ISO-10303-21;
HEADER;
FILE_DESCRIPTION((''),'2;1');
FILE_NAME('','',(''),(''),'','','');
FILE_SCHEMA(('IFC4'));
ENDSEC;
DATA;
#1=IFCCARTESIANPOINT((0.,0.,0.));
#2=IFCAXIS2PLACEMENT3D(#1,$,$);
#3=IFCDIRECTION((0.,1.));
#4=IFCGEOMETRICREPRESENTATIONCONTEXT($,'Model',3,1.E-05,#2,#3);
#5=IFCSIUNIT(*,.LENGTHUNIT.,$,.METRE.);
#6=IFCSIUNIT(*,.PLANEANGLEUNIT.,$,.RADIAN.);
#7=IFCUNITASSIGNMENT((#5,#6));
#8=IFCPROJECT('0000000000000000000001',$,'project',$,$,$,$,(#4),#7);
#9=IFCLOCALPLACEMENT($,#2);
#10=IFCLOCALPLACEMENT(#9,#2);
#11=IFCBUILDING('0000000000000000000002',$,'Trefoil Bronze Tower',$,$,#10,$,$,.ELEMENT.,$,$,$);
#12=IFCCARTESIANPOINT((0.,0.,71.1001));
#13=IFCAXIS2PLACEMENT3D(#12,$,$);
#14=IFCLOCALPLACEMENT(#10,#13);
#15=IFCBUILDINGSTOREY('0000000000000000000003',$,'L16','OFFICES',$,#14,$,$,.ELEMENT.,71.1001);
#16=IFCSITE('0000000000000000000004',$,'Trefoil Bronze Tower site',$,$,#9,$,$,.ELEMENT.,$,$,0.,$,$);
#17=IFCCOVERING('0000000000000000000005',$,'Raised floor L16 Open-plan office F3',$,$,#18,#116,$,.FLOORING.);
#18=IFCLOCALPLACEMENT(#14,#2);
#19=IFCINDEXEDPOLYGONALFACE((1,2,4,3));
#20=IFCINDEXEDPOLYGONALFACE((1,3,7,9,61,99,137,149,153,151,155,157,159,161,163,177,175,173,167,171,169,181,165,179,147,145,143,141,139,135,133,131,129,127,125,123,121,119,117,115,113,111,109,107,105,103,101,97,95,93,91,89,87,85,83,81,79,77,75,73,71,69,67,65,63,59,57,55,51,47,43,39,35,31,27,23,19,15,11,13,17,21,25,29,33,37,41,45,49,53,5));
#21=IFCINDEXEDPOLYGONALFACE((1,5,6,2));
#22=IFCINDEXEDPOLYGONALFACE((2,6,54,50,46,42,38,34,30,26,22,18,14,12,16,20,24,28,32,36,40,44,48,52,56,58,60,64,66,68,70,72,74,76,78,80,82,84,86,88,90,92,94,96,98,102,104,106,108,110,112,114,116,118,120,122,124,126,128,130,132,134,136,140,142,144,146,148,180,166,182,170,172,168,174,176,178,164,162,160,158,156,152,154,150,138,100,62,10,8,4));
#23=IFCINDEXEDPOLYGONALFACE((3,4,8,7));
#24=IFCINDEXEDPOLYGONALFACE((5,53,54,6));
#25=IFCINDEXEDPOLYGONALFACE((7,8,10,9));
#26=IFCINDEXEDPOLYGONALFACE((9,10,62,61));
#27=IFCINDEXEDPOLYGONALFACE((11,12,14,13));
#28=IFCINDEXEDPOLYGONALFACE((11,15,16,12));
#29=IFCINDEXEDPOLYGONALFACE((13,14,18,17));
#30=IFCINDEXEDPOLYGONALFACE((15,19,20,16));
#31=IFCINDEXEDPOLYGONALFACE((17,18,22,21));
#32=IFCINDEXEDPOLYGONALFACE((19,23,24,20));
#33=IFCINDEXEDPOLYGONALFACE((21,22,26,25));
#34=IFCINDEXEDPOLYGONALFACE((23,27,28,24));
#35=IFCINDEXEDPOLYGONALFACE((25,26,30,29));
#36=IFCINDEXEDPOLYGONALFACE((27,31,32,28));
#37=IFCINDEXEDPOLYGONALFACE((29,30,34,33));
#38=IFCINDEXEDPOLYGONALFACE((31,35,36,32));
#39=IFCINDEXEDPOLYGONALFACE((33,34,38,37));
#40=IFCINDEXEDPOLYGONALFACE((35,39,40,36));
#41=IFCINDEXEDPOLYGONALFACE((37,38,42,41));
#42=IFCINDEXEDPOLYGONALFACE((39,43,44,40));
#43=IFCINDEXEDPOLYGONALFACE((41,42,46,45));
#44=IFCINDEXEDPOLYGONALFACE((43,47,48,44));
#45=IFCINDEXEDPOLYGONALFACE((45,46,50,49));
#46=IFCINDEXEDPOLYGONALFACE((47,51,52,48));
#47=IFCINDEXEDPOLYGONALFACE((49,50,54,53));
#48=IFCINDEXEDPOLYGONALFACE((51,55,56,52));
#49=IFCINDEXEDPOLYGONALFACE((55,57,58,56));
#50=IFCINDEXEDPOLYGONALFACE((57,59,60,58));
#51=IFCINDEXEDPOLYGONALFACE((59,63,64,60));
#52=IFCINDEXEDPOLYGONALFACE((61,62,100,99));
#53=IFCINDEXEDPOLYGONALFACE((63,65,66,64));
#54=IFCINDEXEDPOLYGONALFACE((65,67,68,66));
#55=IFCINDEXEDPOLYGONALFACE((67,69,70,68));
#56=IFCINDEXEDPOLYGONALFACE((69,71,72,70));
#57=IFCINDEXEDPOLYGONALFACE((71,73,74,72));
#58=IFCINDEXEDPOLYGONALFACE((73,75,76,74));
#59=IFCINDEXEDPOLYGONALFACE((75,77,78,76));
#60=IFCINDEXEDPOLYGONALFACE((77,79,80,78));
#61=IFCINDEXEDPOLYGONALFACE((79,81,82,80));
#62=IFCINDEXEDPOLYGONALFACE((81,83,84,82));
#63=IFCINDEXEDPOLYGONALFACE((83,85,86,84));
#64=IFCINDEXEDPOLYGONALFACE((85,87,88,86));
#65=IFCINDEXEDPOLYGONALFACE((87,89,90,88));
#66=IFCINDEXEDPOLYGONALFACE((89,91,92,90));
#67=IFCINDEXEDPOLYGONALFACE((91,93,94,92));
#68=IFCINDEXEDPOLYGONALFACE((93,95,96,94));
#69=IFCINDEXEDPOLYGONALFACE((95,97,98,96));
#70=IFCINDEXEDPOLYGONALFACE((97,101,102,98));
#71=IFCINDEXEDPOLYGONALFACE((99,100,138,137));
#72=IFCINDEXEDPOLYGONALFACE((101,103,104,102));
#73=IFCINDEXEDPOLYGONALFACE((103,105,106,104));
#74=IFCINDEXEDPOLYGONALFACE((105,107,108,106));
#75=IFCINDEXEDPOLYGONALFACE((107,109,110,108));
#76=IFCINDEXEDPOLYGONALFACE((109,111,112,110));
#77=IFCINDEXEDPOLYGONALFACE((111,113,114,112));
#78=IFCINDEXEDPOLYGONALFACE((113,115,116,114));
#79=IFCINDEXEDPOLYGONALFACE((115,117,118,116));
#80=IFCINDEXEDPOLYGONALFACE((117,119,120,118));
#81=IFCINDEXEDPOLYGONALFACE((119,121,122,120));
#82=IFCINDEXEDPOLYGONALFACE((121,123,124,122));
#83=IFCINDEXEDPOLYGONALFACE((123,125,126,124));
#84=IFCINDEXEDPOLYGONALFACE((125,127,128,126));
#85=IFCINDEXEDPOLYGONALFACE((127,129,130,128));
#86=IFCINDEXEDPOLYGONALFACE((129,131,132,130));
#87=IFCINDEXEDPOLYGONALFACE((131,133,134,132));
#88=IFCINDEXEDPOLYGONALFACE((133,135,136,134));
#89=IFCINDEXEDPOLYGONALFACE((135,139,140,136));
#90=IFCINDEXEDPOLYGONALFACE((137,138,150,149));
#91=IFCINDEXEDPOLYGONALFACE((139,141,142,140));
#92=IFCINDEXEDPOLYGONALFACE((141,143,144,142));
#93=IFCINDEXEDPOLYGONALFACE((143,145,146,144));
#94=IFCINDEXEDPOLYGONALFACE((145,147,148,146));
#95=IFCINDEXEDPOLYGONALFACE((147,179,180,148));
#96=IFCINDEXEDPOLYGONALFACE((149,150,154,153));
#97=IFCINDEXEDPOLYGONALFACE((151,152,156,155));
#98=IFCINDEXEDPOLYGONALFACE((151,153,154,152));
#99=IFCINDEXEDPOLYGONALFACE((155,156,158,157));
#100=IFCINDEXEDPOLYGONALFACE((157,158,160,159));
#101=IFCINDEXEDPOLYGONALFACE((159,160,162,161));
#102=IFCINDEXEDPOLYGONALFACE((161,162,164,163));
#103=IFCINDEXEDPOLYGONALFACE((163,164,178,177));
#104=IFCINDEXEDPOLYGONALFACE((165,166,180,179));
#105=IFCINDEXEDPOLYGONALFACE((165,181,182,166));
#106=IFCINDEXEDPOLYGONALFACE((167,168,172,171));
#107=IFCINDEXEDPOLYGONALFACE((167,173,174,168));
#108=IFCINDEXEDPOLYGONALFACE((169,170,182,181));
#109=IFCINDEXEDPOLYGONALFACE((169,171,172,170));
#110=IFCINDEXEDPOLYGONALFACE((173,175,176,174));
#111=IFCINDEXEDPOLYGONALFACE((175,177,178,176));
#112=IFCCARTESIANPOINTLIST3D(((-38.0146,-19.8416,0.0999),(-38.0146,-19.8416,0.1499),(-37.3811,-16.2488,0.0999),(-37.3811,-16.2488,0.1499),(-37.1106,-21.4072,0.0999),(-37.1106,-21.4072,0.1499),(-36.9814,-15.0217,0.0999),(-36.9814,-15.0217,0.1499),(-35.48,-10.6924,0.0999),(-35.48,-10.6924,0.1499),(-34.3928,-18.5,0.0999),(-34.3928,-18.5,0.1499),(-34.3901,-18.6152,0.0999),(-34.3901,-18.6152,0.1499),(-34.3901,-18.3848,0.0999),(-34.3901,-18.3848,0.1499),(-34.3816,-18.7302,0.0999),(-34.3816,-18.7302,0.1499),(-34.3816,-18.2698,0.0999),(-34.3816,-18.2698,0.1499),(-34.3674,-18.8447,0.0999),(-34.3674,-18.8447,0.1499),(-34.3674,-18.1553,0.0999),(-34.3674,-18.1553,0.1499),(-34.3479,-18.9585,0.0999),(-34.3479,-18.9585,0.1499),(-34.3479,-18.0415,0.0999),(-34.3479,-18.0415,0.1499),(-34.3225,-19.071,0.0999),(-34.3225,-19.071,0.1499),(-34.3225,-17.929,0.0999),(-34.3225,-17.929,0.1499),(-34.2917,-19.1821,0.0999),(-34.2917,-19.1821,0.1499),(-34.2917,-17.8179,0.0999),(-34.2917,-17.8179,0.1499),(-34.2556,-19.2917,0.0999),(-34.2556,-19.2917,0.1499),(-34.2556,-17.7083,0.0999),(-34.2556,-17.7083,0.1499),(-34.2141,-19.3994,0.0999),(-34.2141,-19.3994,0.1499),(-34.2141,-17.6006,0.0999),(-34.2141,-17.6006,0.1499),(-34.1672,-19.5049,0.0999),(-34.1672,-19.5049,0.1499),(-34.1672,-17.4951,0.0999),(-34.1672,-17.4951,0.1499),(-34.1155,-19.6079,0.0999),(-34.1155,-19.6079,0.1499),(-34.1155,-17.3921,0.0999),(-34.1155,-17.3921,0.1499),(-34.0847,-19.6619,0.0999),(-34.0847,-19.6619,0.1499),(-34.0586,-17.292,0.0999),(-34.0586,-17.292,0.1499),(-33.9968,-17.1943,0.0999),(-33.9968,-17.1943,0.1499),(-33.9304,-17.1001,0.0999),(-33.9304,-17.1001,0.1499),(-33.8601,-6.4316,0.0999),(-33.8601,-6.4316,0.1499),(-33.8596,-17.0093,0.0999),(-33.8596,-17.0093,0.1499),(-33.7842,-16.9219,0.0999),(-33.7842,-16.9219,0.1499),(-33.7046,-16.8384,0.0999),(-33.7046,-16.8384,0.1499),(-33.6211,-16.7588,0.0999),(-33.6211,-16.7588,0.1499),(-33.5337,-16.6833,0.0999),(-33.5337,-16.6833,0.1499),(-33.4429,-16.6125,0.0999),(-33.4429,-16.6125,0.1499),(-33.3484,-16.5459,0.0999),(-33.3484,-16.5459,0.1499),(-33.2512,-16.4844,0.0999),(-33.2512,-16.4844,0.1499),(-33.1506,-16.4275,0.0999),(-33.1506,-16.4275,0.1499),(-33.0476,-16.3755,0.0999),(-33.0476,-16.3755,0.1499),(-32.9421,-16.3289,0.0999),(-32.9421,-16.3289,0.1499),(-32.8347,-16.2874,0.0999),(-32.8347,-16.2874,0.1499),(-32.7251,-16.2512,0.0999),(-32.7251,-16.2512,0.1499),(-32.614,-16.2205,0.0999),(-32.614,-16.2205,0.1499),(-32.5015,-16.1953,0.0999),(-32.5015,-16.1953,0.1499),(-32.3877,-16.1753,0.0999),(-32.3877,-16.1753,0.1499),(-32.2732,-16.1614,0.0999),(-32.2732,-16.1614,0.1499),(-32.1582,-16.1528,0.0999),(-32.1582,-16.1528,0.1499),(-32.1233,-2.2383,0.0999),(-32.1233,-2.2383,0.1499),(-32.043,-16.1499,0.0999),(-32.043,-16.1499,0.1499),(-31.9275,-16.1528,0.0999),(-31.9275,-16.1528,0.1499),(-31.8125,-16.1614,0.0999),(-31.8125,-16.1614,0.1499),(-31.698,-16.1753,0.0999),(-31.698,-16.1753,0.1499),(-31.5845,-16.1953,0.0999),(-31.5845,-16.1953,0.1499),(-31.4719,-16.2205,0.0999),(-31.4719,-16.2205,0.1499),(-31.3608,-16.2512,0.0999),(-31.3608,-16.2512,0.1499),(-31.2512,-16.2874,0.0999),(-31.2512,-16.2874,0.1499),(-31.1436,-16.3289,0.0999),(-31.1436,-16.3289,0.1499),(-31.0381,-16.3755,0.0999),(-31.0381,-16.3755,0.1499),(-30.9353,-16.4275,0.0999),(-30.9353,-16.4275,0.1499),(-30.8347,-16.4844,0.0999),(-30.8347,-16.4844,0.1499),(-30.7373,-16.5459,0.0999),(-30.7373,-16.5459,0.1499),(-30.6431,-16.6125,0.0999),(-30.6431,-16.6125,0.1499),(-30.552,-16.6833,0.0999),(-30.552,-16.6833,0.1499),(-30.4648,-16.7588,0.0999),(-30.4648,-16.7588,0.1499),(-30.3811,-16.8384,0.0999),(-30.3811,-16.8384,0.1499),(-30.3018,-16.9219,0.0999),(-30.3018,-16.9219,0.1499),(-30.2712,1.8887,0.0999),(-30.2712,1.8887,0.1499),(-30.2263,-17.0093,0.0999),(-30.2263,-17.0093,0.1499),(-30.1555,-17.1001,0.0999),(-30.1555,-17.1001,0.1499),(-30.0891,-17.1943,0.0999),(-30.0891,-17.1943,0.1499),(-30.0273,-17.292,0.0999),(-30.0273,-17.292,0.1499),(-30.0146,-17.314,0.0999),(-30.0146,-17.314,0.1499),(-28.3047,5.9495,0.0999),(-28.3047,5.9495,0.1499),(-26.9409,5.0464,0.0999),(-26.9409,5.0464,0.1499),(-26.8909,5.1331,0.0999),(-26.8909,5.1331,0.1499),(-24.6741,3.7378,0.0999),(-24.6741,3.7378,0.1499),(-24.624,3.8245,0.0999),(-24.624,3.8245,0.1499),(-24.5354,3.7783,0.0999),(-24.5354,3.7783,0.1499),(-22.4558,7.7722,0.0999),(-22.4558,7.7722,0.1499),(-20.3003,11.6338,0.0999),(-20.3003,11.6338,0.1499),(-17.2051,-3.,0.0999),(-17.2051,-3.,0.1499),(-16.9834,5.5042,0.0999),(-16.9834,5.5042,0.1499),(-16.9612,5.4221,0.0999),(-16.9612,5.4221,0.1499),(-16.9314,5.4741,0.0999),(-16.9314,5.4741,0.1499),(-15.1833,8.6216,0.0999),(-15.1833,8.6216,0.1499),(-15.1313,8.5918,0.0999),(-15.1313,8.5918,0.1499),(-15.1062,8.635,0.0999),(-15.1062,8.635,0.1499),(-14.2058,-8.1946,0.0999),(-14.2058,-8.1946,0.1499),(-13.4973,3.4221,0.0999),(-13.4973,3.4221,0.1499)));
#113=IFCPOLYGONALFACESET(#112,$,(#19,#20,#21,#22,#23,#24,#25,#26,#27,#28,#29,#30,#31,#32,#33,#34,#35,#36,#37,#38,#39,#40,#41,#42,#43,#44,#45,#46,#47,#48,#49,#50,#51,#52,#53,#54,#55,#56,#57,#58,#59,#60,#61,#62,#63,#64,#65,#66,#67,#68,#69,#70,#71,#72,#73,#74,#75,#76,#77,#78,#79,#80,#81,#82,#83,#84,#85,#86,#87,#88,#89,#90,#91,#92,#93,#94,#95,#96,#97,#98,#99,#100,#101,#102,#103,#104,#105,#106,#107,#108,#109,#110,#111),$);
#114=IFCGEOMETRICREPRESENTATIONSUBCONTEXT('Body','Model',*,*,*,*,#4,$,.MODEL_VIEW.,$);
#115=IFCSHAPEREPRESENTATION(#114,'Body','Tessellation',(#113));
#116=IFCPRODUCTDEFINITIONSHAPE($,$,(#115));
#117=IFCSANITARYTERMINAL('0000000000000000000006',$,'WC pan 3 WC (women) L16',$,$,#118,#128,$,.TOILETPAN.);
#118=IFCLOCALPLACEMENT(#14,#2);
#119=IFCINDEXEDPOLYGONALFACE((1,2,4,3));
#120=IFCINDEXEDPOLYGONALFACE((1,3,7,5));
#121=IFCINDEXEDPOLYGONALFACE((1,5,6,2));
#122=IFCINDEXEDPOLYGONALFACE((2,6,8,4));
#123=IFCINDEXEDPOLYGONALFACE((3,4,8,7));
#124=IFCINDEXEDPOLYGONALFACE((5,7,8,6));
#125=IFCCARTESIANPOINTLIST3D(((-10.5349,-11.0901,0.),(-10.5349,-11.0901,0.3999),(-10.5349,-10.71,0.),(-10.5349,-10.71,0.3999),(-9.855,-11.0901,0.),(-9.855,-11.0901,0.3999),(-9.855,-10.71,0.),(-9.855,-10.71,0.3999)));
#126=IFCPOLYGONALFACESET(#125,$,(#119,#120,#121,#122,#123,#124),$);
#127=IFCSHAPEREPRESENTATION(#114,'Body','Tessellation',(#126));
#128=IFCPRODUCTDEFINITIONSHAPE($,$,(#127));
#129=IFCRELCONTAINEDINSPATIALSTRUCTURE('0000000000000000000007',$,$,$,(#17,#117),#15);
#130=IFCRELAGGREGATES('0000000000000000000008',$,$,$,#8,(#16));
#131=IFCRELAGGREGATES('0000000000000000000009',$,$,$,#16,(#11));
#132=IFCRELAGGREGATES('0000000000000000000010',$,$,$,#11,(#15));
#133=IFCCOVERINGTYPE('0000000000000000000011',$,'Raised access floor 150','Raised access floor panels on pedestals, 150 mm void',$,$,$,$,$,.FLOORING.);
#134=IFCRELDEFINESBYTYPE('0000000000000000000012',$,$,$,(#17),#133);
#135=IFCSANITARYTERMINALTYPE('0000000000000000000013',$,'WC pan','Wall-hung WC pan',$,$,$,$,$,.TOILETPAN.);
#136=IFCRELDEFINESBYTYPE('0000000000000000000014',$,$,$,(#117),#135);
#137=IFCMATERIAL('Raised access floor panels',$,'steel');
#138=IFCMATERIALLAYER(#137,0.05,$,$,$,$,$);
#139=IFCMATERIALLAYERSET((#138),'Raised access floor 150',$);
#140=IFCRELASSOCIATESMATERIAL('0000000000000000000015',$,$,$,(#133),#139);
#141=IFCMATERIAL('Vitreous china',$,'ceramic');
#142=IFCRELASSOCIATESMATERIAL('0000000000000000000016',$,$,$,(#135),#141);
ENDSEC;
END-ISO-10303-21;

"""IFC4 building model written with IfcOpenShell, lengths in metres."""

from ifc_helpers import new_model, si_unit, direction, frame, origin, place, context, subcontext, project, spatial, polyline, outline, extrude, material, layer, layer_set, type_object, element, save


model = new_model("IFC4")

# Units and contexts
model_context = context("Model", 3, precision=1e-05, world=origin(), true_north=direction((0.0, 1.0)))
body_context = subcontext(model_context, "Body", "Model", "MODEL_VIEW")
ifc_project = project(units=[si_unit("LENGTHUNIT", "METRE"), si_unit("PLANEANGLEUNIT", "RADIAN")], contexts=[model_context])

# Site, building, storey
site_placement = place(None, origin())
site = spatial("IfcSite", under=ifc_project, at=site_placement, Name="Trefoil Bronze Tower site", CompositionType="ELEMENT", RefElevation=0.0)
building_placement = place(site_placement, origin())
building = spatial("IfcBuilding", under=site, at=building_placement, Name="Trefoil Bronze Tower", CompositionType="ELEMENT")
storey_placement = place(building_placement, frame((0.0, 0.0, 71.1001)))
storey = spatial("IfcBuildingStorey", under=building, at=storey_placement, Name="L16", Description="OFFICES", CompositionType="ELEMENT", Elevation=71.1001)

# Covering
ifc_material_1 = material(Name="Raised access floor panels", Category="steel")
ifc_layer_1 = layer(ifc_material_1, 0.05)
ifc_layer_set_1 = layer_set([ifc_layer_1], Name="Raised access floor 150")
covering_type_1 = type_object("IfcCoveringType", Name="Raised access floor 150", Description="Raised access floor panels on pedestals, 150 mm void", PredefinedType="FLOORING", material=ifc_layer_set_1)
covering_1_placement = place(storey_placement, frame((0.0, 0.0, 0.0999)))
element("IfcCovering", 1, at=covering_1_placement, inside=storey, type_object=covering_type_1, Name="Raised floor L16 Open-plan office F3", PredefinedType="FLOORING", context=body_context, shape_type="SweptSolid", body=[
    extrude(outline(polyline([(-33.8601, -6.4316), (-32.1233, -2.2383), (-30.2712, 1.8887), (-28.3047, 5.9495), (-26.8909, 5.1331), (-26.9409, 5.0464), (-24.6741, 3.7378), (-24.624, 3.8245), (-24.5354, 3.7783), (-22.4558, 7.7722), (-20.3003, 11.6338), (-15.1062, 8.635), (-15.1313, 8.5918), (-15.1833, 8.6216), (-16.9834, 5.5042), (-16.9314, 5.4741), (-16.9612, 5.4221), (-13.4973, 3.4221), (-17.2051, -3.0), (-14.2058, -8.1946), (-30.0146, -17.314), (-30.0273, -17.292), (-30.0891, -17.1943), (-30.1555, -17.1001), (-30.2263, -17.0093), (-30.3018, -16.9219), (-30.3811, -16.8384), (-30.4648, -16.7588), (-30.552, -16.6833), (-30.6431, -16.6125), (-30.7373, -16.5459), (-30.8347, -16.4844), (-30.9353, -16.4275), (-31.0381, -16.3755), (-31.1436, -16.3289), (-31.2512, -16.2874), (-31.3608, -16.2512), (-31.4719, -16.2205), (-31.5845, -16.1953), (-31.698, -16.1753), (-31.8125, -16.1614), (-31.9275, -16.1528), (-32.043, -16.1499), (-32.1582, -16.1528), (-32.2732, -16.1614), (-32.3877, -16.1753), (-32.5015, -16.1953), (-32.614, -16.2205), (-32.7251, -16.2512), (-32.8347, -16.2874), (-32.9421, -16.3289), (-33.0476, -16.3755), (-33.1506, -16.4275), (-33.2512, -16.4844), (-33.3484, -16.5459), (-33.4429, -16.6125), (-33.5337, -16.6833), (-33.6211, -16.7588), (-33.7046, -16.8384), (-33.7842, -16.9219), (-33.8596, -17.0093), (-33.9304, -17.1001), (-33.9968, -17.1943), (-34.0586, -17.292), (-34.1155, -17.3921), (-34.1672, -17.4951), (-34.2141, -17.6006), (-34.2556, -17.7083), (-34.2917, -17.8179), (-34.3225, -17.929), (-34.3479, -18.0415), (-34.3674, -18.1553), (-34.3816, -18.2698), (-34.3901, -18.3848), (-34.3928, -18.5), (-34.3901, -18.6152), (-34.3816, -18.7302), (-34.3674, -18.8447), (-34.3479, -18.9585), (-34.3225, -19.071), (-34.2917, -19.1821), (-34.2556, -19.2917), (-34.2141, -19.3994), (-34.1672, -19.5049), (-34.1155, -19.6079), (-34.0847, -19.6619), (-37.1106, -21.4072), (-38.0146, -19.8416), (-37.3811, -16.2488), (-36.9814, -15.0217), (-35.48, -10.6924), (-33.8601, -6.4316)])), origin(), (0.0, 0.0, 1.0), 0.05),
])

# Sanitary terminal
ifc_material_2 = material(Name="Vitreous china", Category="ceramic")
sanitary_terminal_type = type_object("IfcSanitaryTerminalType", Name="WC pan", Description="Wall-hung WC pan", PredefinedType="TOILETPAN", material=ifc_material_2)
sanitary_terminal_placement = place(storey_placement, origin())
element("IfcSanitaryTerminal", 2, at=sanitary_terminal_placement, inside=storey, type_object=sanitary_terminal_type, Name="WC pan 3 WC (women) L16", PredefinedType="TOILETPAN", context=body_context, shape_type="SweptSolid", body=[
    extrude(outline(polyline([(-9.855, -10.71), (-10.5349, -10.71), (-10.5349, -11.0901), (-9.855, -11.0901), (-9.855, -10.71)])), origin(), (0.0, 0.0, 1.0), 0.3999),
])

save(model, "model.ifc")
